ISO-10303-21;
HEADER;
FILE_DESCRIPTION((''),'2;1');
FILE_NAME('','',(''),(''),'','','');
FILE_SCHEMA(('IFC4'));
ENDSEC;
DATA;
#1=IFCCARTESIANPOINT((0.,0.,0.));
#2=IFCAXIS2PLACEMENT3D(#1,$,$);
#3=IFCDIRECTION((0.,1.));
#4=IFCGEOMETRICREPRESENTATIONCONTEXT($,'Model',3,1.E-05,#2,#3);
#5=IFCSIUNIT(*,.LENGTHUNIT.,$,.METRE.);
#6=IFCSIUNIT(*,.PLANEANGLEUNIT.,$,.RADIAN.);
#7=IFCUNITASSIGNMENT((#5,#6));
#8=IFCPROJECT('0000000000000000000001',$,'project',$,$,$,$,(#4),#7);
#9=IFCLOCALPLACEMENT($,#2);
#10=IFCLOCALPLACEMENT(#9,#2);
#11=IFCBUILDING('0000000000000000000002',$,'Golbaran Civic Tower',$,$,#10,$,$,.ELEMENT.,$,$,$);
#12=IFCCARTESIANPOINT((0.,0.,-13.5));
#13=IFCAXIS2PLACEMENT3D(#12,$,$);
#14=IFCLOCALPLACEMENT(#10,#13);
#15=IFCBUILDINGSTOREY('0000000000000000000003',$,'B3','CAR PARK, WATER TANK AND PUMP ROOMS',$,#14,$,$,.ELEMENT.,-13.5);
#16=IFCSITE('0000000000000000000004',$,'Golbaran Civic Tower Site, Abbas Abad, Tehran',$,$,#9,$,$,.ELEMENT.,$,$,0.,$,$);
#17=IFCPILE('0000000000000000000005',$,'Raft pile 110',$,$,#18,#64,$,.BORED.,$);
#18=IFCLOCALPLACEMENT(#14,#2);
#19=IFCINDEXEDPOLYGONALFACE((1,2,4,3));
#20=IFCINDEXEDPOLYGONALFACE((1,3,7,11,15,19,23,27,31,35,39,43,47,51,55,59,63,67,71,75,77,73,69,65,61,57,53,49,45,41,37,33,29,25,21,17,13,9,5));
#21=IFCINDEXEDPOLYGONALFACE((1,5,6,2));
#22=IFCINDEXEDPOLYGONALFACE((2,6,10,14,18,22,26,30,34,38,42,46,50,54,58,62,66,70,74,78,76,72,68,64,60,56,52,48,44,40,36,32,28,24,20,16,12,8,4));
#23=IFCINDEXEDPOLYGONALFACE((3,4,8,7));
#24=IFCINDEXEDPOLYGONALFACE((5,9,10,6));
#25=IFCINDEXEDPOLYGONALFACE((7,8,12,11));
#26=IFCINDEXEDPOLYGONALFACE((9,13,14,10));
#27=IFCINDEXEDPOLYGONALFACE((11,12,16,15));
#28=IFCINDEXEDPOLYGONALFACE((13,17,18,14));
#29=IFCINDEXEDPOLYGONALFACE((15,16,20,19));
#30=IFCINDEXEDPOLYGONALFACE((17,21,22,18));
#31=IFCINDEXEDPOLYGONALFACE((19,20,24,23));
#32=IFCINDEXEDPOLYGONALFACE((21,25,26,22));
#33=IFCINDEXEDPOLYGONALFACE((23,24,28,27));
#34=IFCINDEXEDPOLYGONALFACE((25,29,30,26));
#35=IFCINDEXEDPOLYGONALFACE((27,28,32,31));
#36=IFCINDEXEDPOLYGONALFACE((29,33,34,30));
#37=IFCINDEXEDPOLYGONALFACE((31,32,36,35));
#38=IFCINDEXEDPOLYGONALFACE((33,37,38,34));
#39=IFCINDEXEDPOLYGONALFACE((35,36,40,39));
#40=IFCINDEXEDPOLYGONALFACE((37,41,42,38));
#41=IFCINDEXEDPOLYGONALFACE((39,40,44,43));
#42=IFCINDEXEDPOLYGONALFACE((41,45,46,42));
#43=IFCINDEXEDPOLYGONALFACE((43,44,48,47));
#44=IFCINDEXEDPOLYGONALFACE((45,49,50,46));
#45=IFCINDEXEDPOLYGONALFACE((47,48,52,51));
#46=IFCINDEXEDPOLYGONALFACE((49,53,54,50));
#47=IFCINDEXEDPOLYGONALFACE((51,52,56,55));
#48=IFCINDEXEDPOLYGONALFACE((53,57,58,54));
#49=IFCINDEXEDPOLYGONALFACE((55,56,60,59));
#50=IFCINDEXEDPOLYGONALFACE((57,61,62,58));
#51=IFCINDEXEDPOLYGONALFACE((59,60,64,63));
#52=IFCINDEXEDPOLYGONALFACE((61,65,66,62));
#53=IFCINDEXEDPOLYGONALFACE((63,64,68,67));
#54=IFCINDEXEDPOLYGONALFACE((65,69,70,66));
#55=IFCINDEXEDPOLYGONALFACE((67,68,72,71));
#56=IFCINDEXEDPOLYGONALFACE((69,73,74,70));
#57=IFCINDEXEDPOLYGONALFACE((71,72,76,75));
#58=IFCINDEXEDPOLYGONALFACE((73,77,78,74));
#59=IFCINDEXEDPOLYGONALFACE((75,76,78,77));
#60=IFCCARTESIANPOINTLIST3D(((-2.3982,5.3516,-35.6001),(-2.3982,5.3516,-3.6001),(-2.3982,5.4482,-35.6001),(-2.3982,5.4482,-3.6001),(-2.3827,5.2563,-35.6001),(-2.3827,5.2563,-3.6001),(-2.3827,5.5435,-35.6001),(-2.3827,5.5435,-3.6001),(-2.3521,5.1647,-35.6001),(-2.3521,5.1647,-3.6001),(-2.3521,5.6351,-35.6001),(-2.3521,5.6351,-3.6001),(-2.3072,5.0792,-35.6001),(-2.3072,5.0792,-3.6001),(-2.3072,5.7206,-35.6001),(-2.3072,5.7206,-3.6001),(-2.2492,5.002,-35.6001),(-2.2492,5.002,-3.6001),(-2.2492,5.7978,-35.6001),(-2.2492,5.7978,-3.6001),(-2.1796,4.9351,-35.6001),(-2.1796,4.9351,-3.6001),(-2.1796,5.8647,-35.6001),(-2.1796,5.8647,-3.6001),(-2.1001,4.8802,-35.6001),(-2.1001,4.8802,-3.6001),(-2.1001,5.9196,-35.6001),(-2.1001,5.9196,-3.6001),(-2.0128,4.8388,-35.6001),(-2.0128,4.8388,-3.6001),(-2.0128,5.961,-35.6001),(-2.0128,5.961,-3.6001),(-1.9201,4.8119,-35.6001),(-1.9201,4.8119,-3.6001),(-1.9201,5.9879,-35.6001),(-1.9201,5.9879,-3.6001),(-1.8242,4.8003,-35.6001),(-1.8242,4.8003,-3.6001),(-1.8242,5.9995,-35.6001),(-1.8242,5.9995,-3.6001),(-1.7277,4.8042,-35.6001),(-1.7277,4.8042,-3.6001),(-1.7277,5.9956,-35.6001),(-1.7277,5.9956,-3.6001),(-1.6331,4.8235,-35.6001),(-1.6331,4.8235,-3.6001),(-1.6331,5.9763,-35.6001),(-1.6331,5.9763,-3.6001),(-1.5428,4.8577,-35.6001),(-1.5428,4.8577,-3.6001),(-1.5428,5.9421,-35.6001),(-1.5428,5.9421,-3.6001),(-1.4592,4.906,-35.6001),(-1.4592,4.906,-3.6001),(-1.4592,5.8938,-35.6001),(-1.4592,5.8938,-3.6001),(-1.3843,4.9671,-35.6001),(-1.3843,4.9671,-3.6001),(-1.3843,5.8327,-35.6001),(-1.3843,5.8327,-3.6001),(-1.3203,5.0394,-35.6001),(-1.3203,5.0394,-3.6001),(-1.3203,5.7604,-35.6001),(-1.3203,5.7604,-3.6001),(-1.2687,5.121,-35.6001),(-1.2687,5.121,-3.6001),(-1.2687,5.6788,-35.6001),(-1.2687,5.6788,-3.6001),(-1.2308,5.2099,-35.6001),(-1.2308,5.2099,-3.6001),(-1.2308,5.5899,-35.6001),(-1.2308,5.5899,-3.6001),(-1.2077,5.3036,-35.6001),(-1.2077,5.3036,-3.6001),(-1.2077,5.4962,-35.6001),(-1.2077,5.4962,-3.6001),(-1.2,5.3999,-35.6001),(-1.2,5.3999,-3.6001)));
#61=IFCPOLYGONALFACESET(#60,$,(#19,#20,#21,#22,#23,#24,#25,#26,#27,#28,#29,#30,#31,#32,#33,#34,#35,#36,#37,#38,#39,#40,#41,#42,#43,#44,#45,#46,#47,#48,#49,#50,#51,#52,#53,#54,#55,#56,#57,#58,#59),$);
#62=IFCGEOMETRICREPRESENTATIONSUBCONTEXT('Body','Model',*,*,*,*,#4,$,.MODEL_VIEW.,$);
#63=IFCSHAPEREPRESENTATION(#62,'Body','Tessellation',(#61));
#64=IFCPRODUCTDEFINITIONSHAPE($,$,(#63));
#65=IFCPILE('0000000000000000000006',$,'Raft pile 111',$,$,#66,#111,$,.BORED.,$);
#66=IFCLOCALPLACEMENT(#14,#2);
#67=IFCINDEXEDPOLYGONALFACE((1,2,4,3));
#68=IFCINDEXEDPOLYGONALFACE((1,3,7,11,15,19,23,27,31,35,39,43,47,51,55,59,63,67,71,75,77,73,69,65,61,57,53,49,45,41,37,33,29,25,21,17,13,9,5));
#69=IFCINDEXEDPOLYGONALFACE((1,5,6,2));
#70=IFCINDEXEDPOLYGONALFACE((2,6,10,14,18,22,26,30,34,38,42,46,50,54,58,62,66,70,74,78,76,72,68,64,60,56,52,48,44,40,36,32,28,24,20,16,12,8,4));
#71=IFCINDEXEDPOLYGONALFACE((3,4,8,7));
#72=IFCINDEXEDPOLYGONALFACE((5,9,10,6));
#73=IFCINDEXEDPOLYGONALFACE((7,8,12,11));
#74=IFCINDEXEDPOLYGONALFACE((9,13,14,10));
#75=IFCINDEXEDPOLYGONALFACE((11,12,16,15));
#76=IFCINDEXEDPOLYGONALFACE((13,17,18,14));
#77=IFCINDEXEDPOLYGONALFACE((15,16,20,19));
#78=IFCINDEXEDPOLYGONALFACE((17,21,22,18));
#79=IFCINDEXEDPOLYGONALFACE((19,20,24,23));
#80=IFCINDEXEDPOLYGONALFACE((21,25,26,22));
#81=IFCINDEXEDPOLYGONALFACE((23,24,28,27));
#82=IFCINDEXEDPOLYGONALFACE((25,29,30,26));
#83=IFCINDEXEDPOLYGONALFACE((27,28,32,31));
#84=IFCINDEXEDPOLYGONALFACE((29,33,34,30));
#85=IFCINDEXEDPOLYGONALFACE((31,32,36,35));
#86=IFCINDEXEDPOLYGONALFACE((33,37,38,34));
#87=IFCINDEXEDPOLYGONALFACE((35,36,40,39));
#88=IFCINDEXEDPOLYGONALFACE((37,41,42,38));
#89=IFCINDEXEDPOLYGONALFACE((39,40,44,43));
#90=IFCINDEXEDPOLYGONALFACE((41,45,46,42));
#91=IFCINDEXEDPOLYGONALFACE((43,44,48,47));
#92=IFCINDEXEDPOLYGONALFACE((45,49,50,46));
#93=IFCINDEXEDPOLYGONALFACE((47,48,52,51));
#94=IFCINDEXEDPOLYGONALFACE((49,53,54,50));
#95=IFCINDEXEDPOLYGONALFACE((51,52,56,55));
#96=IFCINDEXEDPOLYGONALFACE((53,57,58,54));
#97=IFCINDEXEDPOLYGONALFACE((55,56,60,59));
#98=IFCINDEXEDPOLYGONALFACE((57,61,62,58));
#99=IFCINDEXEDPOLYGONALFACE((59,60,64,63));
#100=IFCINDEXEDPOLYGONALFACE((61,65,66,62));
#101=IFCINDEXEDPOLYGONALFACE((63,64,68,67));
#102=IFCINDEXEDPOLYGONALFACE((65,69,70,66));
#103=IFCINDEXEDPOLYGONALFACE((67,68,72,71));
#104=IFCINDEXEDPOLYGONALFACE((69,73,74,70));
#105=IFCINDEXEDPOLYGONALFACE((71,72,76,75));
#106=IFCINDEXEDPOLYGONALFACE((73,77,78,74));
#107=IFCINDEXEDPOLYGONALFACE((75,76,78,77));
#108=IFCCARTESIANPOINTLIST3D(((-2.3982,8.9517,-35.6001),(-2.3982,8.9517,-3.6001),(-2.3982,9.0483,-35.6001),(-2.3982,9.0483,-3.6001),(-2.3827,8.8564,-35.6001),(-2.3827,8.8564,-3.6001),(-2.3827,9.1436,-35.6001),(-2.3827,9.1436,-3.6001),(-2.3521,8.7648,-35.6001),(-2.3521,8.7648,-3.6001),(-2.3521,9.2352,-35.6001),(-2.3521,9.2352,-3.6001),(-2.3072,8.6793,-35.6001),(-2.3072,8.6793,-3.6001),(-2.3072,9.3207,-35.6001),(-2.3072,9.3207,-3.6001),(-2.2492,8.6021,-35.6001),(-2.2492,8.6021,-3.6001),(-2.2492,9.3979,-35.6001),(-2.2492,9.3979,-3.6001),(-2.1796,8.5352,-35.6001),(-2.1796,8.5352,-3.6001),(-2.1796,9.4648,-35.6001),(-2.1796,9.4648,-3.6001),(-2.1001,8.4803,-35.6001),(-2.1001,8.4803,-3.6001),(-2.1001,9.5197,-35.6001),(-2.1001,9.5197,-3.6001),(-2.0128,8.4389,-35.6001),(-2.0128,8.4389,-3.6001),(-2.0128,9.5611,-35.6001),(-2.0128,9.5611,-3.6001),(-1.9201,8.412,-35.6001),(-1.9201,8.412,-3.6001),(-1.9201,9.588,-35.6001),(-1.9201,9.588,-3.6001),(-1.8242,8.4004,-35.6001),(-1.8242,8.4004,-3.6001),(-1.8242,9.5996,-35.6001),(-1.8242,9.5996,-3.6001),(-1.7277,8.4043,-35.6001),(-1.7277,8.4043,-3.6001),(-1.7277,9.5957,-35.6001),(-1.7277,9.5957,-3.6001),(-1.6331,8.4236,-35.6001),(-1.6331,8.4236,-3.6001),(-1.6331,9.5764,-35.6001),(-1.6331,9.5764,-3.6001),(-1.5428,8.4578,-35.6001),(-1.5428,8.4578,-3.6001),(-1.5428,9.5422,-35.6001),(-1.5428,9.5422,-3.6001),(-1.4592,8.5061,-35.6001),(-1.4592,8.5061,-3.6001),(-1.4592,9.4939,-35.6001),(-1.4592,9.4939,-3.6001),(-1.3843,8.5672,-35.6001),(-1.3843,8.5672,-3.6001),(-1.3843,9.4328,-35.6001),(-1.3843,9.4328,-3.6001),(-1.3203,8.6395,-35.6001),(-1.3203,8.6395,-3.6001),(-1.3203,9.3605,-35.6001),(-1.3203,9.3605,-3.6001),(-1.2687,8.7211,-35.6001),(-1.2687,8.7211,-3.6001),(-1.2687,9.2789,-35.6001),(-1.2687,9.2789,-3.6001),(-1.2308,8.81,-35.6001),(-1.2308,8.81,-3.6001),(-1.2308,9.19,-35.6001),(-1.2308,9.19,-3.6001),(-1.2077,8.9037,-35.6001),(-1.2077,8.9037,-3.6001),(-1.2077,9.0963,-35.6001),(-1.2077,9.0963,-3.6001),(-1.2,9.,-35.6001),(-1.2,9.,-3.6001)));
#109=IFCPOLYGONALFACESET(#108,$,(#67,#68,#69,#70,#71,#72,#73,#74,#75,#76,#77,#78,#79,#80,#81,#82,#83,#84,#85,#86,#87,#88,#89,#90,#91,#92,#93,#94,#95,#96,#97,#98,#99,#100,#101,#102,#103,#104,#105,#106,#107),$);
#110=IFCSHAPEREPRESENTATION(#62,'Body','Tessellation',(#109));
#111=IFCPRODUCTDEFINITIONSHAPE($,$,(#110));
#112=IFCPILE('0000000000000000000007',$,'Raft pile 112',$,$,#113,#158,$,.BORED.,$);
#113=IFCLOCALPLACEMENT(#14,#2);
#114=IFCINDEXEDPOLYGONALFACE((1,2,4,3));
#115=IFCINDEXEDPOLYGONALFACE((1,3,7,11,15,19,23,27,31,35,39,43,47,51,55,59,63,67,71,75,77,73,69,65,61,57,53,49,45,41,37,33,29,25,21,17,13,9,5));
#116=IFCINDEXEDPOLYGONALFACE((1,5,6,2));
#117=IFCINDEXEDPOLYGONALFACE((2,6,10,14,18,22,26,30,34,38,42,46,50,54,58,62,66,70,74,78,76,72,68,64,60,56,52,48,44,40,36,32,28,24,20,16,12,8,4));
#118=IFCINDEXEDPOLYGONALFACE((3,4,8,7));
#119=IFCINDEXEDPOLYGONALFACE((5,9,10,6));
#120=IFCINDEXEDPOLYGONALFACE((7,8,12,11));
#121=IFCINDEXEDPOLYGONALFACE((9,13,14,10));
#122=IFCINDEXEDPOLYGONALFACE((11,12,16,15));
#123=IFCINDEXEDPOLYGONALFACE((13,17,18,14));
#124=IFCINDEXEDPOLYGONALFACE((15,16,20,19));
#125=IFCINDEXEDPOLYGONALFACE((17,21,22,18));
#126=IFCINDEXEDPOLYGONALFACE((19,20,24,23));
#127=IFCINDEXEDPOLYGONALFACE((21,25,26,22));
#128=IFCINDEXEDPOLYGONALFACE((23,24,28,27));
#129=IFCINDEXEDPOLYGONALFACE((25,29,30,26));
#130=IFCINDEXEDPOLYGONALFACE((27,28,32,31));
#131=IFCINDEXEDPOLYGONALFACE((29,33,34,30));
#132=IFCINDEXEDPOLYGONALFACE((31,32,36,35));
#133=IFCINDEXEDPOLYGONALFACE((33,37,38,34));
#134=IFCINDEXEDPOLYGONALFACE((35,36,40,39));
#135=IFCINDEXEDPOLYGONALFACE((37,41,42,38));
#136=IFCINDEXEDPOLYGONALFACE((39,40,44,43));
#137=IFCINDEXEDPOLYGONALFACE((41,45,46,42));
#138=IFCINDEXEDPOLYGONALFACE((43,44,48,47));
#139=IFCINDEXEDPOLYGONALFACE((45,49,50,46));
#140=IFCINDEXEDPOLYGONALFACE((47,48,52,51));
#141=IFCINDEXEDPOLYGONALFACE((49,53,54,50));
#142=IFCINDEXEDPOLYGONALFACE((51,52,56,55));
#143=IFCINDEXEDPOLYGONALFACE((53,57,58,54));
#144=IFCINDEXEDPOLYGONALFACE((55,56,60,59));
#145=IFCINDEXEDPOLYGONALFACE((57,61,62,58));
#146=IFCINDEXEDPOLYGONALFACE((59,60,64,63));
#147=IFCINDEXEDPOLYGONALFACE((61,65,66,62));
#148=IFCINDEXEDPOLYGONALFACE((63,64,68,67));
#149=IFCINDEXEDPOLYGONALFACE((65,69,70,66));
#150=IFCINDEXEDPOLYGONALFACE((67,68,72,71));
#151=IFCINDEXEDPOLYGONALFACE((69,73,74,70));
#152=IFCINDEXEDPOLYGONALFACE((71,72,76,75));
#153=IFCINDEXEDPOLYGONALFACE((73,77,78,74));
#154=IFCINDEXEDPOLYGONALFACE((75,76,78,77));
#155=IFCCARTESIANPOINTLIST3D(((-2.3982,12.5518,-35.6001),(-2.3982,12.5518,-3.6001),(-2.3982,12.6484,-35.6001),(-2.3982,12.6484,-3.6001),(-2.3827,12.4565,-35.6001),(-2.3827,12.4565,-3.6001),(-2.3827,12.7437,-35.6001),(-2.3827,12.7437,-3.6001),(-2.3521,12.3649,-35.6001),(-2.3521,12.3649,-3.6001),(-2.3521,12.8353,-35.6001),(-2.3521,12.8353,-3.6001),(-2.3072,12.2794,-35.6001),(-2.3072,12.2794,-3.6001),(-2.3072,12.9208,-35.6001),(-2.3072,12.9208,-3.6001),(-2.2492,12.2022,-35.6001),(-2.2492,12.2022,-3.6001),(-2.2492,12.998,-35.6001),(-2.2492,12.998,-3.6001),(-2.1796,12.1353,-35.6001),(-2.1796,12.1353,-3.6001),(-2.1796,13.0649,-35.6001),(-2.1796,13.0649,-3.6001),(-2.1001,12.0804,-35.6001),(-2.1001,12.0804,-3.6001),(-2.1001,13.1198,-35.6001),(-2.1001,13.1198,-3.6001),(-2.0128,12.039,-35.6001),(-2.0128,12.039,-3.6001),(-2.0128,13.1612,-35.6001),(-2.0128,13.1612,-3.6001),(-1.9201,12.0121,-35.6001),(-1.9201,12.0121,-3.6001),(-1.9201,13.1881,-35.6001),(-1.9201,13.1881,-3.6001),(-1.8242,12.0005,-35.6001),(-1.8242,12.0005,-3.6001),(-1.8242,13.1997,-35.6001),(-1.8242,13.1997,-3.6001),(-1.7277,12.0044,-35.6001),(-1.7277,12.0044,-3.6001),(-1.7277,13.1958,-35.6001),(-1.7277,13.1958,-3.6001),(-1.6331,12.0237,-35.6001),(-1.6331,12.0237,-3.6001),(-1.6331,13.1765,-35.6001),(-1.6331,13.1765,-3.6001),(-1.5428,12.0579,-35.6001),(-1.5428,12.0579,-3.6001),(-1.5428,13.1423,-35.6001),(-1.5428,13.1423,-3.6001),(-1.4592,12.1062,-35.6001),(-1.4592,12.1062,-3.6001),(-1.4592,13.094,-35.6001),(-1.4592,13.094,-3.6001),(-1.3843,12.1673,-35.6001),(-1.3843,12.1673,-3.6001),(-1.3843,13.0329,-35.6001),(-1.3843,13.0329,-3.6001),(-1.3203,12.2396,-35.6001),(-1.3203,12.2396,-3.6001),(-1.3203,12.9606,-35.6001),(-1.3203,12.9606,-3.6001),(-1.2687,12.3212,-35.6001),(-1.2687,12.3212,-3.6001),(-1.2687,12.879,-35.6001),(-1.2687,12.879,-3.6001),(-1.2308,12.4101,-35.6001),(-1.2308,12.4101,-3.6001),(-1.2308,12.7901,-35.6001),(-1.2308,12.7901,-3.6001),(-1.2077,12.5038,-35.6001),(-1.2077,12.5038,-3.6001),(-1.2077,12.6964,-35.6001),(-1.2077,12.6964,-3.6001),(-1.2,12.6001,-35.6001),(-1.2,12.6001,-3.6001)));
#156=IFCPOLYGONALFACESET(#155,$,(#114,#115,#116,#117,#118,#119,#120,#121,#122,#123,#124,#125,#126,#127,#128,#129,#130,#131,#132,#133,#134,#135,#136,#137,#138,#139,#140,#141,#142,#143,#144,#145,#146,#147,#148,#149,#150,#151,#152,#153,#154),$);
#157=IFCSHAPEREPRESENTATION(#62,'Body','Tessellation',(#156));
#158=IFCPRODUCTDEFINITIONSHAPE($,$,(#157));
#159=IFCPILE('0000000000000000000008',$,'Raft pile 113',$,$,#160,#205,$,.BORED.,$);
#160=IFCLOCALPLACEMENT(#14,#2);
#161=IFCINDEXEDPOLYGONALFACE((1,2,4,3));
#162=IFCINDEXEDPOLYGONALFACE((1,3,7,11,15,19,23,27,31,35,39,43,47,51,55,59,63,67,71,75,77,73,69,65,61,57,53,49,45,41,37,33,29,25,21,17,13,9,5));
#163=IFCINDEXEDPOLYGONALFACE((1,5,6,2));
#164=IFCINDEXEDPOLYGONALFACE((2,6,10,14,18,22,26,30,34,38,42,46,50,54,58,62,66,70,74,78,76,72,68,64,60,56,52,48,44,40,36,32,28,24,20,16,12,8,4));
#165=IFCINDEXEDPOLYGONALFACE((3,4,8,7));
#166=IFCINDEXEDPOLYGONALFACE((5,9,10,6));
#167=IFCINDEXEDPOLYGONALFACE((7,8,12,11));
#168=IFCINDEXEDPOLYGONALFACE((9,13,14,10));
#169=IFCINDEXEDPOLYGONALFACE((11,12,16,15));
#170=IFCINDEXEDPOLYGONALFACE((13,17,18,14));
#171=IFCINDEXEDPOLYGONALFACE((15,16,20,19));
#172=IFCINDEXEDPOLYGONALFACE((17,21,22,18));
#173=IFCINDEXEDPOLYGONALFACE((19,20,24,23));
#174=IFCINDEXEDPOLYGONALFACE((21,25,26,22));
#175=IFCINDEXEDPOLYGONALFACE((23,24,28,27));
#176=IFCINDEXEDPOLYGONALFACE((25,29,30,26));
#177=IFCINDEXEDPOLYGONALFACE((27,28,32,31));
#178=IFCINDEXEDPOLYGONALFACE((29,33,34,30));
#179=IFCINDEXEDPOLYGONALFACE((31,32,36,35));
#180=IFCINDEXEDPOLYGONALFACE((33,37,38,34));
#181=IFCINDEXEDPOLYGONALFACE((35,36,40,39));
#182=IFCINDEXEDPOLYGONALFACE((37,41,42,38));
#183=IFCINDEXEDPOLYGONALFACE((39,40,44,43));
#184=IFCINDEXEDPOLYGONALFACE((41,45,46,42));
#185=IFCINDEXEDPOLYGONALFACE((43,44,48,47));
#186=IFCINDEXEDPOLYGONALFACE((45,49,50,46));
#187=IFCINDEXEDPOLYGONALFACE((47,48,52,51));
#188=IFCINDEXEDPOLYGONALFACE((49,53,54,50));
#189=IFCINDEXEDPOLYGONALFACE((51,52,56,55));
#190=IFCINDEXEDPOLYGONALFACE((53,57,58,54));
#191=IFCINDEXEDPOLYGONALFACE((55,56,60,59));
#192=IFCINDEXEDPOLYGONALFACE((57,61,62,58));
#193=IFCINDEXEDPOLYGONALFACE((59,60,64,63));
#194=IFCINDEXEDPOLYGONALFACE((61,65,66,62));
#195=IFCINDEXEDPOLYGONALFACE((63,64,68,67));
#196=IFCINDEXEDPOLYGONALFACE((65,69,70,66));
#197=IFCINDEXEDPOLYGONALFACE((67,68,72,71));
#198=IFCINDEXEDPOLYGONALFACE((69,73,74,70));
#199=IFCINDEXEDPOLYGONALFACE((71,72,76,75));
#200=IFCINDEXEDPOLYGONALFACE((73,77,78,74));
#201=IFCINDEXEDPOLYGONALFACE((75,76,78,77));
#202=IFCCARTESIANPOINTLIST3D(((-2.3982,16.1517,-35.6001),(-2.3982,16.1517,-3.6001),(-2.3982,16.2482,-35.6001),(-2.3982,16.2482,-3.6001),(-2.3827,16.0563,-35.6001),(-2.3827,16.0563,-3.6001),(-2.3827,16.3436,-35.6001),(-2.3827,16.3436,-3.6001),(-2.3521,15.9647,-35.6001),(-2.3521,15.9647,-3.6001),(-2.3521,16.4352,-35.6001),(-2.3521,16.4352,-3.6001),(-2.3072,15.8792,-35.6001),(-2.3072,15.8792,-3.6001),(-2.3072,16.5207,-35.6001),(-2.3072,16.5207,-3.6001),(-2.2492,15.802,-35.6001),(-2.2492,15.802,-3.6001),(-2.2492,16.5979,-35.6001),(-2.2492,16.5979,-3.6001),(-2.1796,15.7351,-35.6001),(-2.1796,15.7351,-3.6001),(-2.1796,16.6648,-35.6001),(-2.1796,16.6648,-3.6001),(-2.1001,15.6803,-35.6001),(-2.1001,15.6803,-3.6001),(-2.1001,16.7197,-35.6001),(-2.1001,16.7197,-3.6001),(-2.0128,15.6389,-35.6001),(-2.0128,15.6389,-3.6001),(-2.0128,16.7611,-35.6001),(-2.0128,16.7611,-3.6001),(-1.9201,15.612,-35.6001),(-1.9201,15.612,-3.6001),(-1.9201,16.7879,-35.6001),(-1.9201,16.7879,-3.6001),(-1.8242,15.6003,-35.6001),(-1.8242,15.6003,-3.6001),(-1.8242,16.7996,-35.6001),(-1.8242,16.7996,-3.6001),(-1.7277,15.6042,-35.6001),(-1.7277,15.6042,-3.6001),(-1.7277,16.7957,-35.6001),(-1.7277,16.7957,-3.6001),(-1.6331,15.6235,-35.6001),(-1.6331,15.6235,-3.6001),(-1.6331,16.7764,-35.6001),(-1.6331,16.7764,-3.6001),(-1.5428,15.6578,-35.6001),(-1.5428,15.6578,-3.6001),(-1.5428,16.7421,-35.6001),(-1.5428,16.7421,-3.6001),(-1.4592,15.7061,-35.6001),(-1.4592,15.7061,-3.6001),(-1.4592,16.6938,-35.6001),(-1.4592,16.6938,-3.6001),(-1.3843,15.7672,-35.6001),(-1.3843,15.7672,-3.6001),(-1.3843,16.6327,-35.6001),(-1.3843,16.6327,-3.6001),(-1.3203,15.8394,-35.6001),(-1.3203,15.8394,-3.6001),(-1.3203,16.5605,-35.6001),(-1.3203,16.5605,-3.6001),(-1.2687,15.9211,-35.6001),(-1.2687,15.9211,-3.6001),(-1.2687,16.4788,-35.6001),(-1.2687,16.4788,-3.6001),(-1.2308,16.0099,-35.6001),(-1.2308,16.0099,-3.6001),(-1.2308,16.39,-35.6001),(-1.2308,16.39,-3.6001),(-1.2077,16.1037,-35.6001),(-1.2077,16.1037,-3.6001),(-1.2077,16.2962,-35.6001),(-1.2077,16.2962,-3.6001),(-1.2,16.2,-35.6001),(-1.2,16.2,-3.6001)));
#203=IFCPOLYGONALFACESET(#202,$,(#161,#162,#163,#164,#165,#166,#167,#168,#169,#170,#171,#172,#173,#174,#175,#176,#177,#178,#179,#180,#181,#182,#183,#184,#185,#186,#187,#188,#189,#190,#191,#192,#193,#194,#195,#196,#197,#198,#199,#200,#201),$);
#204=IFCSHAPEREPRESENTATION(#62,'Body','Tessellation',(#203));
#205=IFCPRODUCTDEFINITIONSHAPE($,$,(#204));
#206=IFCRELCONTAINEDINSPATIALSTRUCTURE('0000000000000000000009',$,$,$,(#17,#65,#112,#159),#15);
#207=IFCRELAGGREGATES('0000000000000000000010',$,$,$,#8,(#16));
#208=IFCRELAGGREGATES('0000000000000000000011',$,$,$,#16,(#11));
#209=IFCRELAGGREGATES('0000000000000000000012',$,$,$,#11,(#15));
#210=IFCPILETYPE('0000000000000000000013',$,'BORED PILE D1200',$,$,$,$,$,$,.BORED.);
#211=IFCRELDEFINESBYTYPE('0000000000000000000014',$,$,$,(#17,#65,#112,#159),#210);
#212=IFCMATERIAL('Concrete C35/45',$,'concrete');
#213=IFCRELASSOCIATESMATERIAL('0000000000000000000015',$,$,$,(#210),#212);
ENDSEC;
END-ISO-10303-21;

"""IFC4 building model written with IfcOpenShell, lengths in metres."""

from ifc_helpers import new_model, si_unit, direction, frame, origin, origin_2d, place, context, subcontext, project, spatial, circle, extrude, material, material_profile, profile_set, type_object, element, save


model = new_model("IFC4")

# Units and contexts
model_context = context("Model", 3, precision=1e-05, world=origin(), true_north=direction((0.0, 1.0)))
body_context = subcontext(model_context, "Body", "Model", "MODEL_VIEW")
ifc_project = project(units=[si_unit("LENGTHUNIT", "METRE"), si_unit("PLANEANGLEUNIT", "RADIAN")], contexts=[model_context])

# Site, building, storey
site_placement = place(None, origin())
site = spatial("IfcSite", under=ifc_project, at=site_placement, Name="Golbaran Civic Tower Site, Abbas Abad, Tehran", CompositionType="ELEMENT", RefElevation=0.0)
building_placement = place(site_placement, origin())
building = spatial("IfcBuilding", under=site, at=building_placement, Name="Golbaran Civic Tower", CompositionType="ELEMENT")
storey_placement = place(building_placement, frame((0.0, 0.0, -13.5)))
storey = spatial("IfcBuildingStorey", under=building, at=storey_placement, Name="B3", Description="CAR PARK, WATER TANK AND PUMP ROOMS", CompositionType="ELEMENT", Elevation=-13.5)

# Piles
ifc_material_1 = material(Name="Concrete C35/45", Category="concrete")
ifc_material_profile_1 = material_profile(ifc_material_1, circle(Radius=0.6001, at=origin_2d()), Name="BORED PILE D1200")
ifc_profile_set_1 = profile_set([ifc_material_profile_1], Name="Concrete C35/45")
pile_type = type_object("IfcPileType", Name="BORED PILE D1200", PredefinedType="BORED", material=ifc_profile_set_1)
for number, where, z_axis, x_axis, name in (
    (1, (-1.8, 5.3999, -3.6001), (0.0, 0.0, -1.0), (1.0, 0.0, 0.0), "Raft pile 110"),
    (2, (-1.8, 9.0, -3.6001), (0.0, 0.0, -1.0), (1.0, 0.0, 0.0), "Raft pile 111"),
    (3, (-1.8, 12.6001, -3.6001), (0.0, 0.0, -1.0), (1.0, 0.0, 0.0), "Raft pile 112"),
    (4, (-1.8, 16.2, -3.6001), (0.0, 0.0, -1.0), (1.0, 0.0, 0.0), "Raft pile 113"),
):
    element("IfcPile", number, at=place(storey_placement, frame(where, z_axis=z_axis, x_axis=x_axis)), inside=storey, type_object=pile_type, Name=name, PredefinedType="BORED", context=body_context, shape_type="SweptSolid", body=[
        extrude(circle(Radius=0.6001, at=origin_2d()), origin(), (0.0, 0.0, 1.0), 32.0),
    ])

save(model, "model.ifc")
